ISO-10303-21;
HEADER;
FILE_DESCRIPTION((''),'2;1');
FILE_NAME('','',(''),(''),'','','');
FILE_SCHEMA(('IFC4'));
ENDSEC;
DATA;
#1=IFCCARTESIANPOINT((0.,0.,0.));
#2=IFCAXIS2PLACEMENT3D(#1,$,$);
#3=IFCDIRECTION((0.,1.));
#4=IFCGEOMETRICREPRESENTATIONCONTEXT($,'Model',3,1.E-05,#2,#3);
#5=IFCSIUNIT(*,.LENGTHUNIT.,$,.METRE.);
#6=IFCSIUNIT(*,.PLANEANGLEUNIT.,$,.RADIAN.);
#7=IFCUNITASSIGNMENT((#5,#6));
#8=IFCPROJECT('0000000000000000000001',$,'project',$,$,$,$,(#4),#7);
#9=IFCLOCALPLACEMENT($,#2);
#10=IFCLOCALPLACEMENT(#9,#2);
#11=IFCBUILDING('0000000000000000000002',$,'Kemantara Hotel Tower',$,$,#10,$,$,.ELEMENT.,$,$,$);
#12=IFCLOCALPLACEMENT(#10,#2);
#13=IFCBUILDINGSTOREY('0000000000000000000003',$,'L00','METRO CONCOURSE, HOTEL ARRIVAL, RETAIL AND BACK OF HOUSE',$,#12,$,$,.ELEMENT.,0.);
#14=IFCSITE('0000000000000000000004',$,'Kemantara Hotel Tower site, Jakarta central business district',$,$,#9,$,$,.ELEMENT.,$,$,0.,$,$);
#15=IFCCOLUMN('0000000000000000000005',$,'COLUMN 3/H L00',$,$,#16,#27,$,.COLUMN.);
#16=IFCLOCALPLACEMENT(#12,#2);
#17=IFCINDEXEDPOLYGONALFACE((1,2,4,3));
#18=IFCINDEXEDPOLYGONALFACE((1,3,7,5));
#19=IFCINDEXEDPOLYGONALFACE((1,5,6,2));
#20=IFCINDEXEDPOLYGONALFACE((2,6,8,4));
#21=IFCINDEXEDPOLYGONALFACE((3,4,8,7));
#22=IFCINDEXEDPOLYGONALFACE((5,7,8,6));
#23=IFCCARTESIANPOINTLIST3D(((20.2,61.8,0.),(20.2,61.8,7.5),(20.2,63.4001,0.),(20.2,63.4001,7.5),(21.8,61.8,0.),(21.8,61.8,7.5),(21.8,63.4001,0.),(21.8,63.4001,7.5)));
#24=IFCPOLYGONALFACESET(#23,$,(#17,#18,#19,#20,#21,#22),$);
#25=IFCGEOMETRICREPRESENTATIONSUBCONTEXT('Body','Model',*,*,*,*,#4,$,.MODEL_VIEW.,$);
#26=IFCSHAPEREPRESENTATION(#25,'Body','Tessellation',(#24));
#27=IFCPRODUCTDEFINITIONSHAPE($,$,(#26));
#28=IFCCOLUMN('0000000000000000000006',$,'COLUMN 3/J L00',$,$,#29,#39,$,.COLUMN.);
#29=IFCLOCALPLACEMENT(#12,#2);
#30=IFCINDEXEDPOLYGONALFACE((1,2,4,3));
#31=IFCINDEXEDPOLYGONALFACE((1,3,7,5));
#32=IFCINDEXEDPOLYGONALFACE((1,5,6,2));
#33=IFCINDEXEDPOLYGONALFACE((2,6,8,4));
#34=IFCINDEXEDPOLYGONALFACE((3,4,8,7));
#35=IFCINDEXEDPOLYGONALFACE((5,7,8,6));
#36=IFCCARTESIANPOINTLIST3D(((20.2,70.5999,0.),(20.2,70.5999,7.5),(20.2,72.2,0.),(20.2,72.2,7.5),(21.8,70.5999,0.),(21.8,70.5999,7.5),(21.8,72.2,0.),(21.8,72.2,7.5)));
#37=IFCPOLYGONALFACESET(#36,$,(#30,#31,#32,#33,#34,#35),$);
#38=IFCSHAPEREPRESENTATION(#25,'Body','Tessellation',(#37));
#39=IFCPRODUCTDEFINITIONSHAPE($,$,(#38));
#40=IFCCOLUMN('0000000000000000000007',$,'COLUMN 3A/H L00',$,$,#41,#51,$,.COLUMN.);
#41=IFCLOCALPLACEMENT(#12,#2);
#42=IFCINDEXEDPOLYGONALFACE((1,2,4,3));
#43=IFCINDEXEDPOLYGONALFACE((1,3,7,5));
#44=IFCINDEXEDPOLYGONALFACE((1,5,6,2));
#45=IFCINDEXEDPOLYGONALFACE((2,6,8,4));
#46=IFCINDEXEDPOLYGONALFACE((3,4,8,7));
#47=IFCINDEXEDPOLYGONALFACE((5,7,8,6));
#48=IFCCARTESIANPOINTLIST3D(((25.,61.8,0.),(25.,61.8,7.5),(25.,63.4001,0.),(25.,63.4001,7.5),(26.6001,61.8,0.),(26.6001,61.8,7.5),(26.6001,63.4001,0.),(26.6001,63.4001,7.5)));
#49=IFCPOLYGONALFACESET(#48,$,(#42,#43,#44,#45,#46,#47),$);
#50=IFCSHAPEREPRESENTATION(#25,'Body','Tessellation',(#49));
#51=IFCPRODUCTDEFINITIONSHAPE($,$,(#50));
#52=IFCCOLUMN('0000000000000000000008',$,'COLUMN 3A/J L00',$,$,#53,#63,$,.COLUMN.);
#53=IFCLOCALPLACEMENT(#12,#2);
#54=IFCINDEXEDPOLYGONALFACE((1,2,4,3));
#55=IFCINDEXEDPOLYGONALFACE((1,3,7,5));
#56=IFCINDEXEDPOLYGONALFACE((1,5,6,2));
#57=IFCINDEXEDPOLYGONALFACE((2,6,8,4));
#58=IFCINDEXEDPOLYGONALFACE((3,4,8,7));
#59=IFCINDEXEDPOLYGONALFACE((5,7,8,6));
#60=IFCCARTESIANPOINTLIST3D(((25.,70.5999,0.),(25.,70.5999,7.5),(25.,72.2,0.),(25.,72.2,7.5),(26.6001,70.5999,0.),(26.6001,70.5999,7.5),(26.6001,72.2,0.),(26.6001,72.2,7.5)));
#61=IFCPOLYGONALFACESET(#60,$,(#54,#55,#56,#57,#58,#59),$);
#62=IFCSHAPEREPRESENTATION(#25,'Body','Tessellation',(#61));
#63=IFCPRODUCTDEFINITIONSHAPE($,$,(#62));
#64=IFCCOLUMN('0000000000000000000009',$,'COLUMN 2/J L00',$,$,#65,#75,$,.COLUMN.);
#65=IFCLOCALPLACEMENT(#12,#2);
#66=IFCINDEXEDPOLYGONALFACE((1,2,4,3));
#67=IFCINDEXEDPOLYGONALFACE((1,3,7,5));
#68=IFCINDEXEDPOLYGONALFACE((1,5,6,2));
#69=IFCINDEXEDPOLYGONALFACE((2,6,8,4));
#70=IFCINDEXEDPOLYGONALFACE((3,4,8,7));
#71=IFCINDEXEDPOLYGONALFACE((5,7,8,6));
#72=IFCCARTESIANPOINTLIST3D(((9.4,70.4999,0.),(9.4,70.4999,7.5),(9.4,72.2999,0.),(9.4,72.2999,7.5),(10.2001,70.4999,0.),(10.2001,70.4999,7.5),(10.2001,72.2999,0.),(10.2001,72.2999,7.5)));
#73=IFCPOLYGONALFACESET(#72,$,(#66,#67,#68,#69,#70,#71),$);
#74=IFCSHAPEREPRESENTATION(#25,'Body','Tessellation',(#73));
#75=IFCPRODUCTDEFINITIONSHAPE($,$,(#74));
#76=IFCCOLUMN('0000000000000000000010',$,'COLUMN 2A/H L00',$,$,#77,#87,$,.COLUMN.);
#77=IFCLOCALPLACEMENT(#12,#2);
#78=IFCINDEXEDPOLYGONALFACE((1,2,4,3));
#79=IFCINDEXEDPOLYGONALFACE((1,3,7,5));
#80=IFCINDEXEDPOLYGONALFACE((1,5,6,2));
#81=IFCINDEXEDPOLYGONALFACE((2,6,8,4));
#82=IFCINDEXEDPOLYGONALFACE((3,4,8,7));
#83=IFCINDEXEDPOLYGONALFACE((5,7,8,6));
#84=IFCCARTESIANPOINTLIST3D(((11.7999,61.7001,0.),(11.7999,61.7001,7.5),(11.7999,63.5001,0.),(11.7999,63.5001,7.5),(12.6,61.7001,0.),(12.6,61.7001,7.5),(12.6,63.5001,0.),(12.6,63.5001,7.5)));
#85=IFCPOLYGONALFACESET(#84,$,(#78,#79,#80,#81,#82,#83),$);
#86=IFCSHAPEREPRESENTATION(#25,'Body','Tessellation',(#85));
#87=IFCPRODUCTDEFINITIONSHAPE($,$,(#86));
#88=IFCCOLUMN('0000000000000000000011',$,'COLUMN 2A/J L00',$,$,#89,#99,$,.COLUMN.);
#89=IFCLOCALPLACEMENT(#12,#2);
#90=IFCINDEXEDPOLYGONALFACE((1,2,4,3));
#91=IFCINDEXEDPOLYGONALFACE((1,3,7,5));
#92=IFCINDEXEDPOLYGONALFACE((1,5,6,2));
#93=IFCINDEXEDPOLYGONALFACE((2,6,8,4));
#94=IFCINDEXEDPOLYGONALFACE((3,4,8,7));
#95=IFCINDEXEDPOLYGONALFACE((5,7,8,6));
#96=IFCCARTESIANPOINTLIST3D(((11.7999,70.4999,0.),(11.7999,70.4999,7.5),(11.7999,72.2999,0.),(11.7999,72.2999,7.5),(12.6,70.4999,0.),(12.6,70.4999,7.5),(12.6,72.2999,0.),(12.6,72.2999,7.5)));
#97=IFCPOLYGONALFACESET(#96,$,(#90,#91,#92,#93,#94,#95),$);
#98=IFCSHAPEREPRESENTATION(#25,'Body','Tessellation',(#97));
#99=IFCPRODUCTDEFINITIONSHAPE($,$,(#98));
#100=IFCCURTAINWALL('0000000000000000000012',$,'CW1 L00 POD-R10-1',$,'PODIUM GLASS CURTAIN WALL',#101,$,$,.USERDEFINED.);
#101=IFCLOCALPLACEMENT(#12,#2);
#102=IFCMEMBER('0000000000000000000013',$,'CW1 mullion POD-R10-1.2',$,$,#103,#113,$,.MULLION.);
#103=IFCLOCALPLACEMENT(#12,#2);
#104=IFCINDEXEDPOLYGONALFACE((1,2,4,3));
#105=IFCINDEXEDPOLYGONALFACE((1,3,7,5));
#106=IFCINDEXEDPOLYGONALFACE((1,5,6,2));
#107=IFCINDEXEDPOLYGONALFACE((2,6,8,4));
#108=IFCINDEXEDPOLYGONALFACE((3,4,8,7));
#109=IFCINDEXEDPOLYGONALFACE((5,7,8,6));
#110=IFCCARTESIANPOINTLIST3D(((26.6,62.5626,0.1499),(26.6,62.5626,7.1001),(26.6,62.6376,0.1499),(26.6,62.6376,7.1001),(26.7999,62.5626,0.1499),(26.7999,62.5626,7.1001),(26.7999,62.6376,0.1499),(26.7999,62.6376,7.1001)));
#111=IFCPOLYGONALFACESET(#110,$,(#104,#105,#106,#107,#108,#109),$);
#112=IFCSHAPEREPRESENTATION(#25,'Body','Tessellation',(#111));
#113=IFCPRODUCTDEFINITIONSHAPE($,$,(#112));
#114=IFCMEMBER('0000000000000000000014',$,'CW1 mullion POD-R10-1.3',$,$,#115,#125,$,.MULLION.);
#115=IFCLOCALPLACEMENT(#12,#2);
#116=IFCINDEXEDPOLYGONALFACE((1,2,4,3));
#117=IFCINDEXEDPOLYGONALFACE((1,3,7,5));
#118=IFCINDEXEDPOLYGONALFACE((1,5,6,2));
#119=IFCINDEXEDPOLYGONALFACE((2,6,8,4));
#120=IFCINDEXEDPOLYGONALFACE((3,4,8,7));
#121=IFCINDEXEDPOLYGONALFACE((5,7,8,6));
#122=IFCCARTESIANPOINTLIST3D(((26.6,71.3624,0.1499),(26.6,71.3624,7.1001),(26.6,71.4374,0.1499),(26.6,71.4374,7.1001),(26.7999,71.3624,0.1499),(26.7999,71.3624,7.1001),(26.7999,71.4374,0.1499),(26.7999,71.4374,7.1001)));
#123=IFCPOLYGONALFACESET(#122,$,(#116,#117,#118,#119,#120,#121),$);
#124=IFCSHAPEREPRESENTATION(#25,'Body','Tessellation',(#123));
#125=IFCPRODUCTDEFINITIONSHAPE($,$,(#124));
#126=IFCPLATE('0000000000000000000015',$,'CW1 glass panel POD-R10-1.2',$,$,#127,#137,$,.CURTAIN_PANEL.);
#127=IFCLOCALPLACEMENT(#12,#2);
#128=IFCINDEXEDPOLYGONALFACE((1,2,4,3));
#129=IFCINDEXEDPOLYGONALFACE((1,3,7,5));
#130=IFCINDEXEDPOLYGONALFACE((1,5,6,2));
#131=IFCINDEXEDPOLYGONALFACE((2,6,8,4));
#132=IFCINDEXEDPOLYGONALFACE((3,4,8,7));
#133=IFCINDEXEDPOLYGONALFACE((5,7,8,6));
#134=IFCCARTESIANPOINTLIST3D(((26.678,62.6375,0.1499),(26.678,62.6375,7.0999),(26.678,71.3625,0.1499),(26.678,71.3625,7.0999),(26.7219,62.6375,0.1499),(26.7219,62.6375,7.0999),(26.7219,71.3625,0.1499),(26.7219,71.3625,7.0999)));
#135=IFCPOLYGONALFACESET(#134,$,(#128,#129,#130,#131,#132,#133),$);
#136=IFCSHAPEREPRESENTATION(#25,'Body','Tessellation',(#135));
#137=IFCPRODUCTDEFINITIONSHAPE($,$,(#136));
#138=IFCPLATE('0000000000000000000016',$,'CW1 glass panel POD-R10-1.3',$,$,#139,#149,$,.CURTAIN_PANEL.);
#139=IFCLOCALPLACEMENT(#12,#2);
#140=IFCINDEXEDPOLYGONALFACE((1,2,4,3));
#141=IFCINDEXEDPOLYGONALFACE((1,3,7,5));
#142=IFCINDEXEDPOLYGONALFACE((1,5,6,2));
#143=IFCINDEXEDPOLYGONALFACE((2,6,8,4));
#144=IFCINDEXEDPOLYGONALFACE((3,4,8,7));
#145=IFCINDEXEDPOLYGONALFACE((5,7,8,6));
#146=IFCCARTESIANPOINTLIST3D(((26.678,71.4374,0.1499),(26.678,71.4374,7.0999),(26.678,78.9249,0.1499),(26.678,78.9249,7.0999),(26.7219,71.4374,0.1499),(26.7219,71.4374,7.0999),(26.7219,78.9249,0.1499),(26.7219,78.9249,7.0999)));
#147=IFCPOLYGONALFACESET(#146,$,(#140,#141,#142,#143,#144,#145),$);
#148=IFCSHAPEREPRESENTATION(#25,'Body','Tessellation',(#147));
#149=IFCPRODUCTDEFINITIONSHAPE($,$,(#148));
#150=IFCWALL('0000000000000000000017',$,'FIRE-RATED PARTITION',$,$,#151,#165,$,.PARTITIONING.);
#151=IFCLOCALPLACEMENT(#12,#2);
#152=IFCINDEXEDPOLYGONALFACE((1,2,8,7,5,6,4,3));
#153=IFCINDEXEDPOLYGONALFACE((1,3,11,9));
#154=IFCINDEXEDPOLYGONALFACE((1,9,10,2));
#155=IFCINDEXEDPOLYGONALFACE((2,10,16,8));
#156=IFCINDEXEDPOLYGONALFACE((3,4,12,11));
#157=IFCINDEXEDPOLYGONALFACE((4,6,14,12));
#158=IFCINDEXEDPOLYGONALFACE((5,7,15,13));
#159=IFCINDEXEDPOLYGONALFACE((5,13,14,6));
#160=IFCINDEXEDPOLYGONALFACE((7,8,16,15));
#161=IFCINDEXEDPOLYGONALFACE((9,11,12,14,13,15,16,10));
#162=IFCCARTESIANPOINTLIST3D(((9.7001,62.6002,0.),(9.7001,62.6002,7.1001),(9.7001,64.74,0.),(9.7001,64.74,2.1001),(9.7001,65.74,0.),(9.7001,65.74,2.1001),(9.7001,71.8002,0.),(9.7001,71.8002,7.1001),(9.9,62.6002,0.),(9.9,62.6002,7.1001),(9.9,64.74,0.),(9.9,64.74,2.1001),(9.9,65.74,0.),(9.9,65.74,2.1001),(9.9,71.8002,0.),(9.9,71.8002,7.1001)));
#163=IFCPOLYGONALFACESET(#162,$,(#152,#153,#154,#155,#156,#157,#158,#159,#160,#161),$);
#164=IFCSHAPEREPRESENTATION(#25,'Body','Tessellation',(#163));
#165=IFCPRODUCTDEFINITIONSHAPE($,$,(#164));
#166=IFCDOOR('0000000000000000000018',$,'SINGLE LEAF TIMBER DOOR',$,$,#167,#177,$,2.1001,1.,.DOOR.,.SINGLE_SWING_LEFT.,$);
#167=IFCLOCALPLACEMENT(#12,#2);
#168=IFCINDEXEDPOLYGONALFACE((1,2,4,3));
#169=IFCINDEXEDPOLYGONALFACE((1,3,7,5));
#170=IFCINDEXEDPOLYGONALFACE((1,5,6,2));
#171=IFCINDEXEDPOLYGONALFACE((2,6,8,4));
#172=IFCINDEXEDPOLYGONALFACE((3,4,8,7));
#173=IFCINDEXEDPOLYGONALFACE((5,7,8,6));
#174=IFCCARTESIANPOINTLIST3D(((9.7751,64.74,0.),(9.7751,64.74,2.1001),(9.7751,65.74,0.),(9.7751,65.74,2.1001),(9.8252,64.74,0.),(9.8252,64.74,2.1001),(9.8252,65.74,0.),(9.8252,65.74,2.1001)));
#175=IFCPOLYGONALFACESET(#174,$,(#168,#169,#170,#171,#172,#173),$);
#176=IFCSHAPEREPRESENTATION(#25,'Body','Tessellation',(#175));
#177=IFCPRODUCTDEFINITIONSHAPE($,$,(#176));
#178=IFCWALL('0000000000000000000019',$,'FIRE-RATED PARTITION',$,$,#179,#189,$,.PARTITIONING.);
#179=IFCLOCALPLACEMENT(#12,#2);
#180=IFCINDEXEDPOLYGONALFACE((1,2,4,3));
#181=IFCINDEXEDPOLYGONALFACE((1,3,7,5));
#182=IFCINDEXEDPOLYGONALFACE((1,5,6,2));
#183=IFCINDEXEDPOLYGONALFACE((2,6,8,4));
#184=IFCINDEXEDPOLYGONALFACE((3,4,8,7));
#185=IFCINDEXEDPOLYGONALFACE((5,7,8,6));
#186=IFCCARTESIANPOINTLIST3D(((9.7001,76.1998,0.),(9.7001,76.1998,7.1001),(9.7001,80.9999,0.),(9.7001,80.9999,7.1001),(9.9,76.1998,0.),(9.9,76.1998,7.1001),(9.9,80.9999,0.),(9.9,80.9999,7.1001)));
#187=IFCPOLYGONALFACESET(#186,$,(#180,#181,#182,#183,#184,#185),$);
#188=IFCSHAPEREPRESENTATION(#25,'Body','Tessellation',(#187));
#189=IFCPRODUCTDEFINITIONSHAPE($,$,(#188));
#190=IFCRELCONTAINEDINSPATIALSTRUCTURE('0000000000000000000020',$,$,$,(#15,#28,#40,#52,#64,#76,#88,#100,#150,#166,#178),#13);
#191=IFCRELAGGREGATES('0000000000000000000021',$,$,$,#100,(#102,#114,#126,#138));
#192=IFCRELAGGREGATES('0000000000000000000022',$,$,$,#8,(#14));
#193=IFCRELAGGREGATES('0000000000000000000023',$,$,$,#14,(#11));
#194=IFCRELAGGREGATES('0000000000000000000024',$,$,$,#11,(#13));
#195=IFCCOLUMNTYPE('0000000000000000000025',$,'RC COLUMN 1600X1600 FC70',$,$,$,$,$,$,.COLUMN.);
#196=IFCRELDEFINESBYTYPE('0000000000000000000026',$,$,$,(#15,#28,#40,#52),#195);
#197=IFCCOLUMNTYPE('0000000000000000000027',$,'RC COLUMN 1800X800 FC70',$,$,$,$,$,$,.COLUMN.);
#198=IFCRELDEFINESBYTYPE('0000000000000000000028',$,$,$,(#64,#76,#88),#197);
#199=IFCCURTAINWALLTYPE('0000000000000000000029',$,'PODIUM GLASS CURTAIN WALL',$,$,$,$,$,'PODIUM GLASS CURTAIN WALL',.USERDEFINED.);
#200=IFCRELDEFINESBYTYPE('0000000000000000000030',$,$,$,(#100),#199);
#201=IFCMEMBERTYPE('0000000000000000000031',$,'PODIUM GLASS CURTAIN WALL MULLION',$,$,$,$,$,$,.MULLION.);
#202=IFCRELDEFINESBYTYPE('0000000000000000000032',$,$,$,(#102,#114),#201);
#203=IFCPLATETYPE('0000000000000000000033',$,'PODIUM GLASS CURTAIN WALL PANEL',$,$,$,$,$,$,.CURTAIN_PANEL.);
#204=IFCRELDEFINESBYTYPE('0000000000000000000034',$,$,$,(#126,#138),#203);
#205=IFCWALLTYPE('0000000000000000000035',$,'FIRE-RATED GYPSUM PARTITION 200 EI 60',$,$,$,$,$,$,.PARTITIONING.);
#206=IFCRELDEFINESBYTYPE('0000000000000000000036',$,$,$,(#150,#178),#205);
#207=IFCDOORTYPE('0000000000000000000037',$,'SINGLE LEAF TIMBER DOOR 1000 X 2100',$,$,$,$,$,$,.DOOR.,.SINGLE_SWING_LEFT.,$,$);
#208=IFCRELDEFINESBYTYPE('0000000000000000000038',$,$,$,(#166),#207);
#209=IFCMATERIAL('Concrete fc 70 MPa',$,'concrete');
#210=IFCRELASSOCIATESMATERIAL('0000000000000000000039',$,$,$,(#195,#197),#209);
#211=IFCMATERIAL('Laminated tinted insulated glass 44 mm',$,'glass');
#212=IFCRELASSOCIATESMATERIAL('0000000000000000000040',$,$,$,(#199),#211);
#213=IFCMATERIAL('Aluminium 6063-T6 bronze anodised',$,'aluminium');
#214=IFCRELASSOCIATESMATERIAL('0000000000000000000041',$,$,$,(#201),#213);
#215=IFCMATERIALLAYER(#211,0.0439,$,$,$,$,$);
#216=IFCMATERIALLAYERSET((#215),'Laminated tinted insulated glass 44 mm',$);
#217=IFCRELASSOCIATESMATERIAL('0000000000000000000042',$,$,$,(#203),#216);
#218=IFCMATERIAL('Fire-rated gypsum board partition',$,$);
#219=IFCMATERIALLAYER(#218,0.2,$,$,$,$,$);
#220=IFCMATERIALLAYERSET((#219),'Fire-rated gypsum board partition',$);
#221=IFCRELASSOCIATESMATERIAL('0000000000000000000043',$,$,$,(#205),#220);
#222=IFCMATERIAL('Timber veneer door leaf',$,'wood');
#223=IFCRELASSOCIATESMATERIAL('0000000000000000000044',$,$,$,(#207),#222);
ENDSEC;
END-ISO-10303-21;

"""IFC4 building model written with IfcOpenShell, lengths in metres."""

from ifc_helpers import new_model, si_unit, direction, frame, frame_2d, origin, origin_2d, place, context, subcontext, project, spatial, rectangle, extrude, source, transform, mapped, material, layer, layer_set, material_profile, profile_set, type_object, element, fill, aggregate, save


model = new_model("IFC4")

# Units and contexts
model_context = context("Model", 3, precision=1e-05, world=origin(), true_north=direction((0.0, 1.0)))
body_context = subcontext(model_context, "Body", "Model", "MODEL_VIEW")
ifc_project = project(units=[si_unit("LENGTHUNIT", "METRE"), si_unit("PLANEANGLEUNIT", "RADIAN")], contexts=[model_context])

# Site, building, storey
site_placement = place(None, origin())
site = spatial("IfcSite", under=ifc_project, at=site_placement, Name="Kemantara Hotel Tower site, Jakarta central business district", CompositionType="ELEMENT", RefElevation=0.0)
building_placement = place(site_placement, origin())
building = spatial("IfcBuilding", under=site, at=building_placement, Name="Kemantara Hotel Tower", CompositionType="ELEMENT")
storey_placement = place(building_placement, origin())
storey = spatial("IfcBuildingStorey", under=building, at=storey_placement, Name="L00", Description="METRO CONCOURSE, HOTEL ARRIVAL, RETAIL AND BACK OF HOUSE", CompositionType="ELEMENT", Elevation=0.0)

# Columns
ifc_material_1 = material(Name="Concrete fc 70 MPa", Category="concrete")
ifc_material_profile_1 = material_profile(ifc_material_1, rectangle(XDim=1.6001, YDim=1.6001, at=origin_2d()), Name="RC 1600X1600")
ifc_profile_set_1 = profile_set([ifc_material_profile_1], Name="Concrete fc 70 MPa")
column_type_1 = type_object("IfcColumnType", Name="RC COLUMN 1600X1600 FC70", PredefinedType="COLUMN", material=ifc_profile_set_1)
for number, where, z_axis, x_axis, name in (
    (1, (21.0, 62.6001, 0.0), (0.0, 0.0, 1.0), (1.0, 0.0, 0.0), "COLUMN 3/H L00"),
    (2, (21.0, 71.3999, 0.0), (0.0, 0.0, 1.0), (1.0, 0.0, 0.0), "COLUMN 3/J L00"),
    (3, (25.8, 62.6001, 0.0), (0.0, 0.0, 1.0), (1.0, 0.0, 0.0), "COLUMN 3A/H L00"),
    (4, (25.8, 71.3999, 0.0), (0.0, 0.0, 1.0), (1.0, 0.0, 0.0), "COLUMN 3A/J L00"),
):
    element("IfcColumn", number, at=place(storey_placement, frame(where, z_axis=z_axis, x_axis=x_axis)), inside=storey, type_object=column_type_1, Name=name, PredefinedType="COLUMN", context=body_context, shape_type="SweptSolid", body=[
        extrude(rectangle(XDim=1.6001, YDim=1.6001, at=origin_2d()), origin(), (0.0, 0.0, 1.0), 7.5),
    ])
ifc_material_profile_2 = material_profile(ifc_material_1, rectangle(XDim=1.8, YDim=0.8, at=origin_2d()), Name="RC 1800X800")
ifc_profile_set_2 = profile_set([ifc_material_profile_2], Name="Concrete fc 70 MPa")
column_type_2 = type_object("IfcColumnType", Name="RC COLUMN 1800X800 FC70", PredefinedType="COLUMN", material=ifc_profile_set_2)
for number, where, z_axis, x_axis, name in (
    (5, (9.8, 71.3999, 0.0), (0.0, 0.0, 1.0), (0.0, 1.0, 0.0), "COLUMN 2/J L00"),
    (6, (12.2, 62.6001, 0.0), (0.0, 0.0, 1.0), (0.0, 1.0, 0.0), "COLUMN 2A/H L00"),
    (7, (12.2, 71.3999, 0.0), (0.0, 0.0, 1.0), (0.0, 1.0, 0.0), "COLUMN 2A/J L00"),
):
    element("IfcColumn", number, at=place(storey_placement, frame(where, z_axis=z_axis, x_axis=x_axis)), inside=storey, type_object=column_type_2, Name=name, PredefinedType="COLUMN", context=body_context, shape_type="SweptSolid", body=[
        extrude(rectangle(XDim=1.8, YDim=0.8, at=origin_2d()), origin(), (0.0, 0.0, 1.0), 7.5),
    ])

# Curtain wall, members, plates
ifc_material_2 = material(Name="Laminated tinted insulated glass 44 mm", Category="glass")
curtain_wall_type = type_object("IfcCurtainWallType", Name="PODIUM GLASS CURTAIN WALL", ElementType="PODIUM GLASS CURTAIN WALL", PredefinedType="USERDEFINED", material=ifc_material_2)
curtain_wall_placement = place(storey_placement, origin())
curtain_wall = element("IfcCurtainWall", 8, at=curtain_wall_placement, inside=storey, type_object=curtain_wall_type, Name="CW1 L00 POD-R10-1", ObjectType="PODIUM GLASS CURTAIN WALL", PredefinedType="USERDEFINED")
ifc_material_3 = material(Name="Aluminium 6063-T6 bronze anodised", Category="aluminium")
ifc_material_profile_3 = material_profile(ifc_material_3, rectangle(XDim=0.2, YDim=0.075, at=origin_2d()), Name="PODIUM GLASS CURTAIN WALL MULLION")
ifc_profile_set_3 = profile_set([ifc_material_profile_3], Name="Aluminium 6063-T6 bronze anodised")
member_type = type_object("IfcMemberType", Name="PODIUM GLASS CURTAIN WALL MULLION", PredefinedType="MULLION", material=ifc_profile_set_3)
shared_shape_1 = source(origin(), body_context, "Body", "SweptSolid", [
    extrude(rectangle(XDim=0.2, YDim=0.075, at=origin_2d()), origin(), (0.0, 0.0, 1.0), 6.9502),
])
member_1_placement = place(storey_placement, frame((26.7, 62.6001, 0.1499), z_axis=(0.0, 0.0, 1.0), x_axis=(-1.0, 0.0, 0.0)))
member_1 = element("IfcMember", 9, at=member_1_placement, type_object=member_type, Name="CW1 mullion POD-R10-1.2", PredefinedType="MULLION", context=body_context, shape_type="MappedRepresentation", body=[
    mapped(shared_shape_1, transform((0.0, 0.0, 0.0))),
])
member_2_placement = place(storey_placement, frame((26.7, 71.3999, 0.1499), z_axis=(0.0, 0.0, 1.0), x_axis=(-1.0, 0.0, 0.0)))
member_2 = element("IfcMember", 10, at=member_2_placement, type_object=member_type, Name="CW1 mullion POD-R10-1.3", PredefinedType="MULLION", context=body_context, shape_type="MappedRepresentation", body=[
    mapped(shared_shape_1, transform((0.0, 0.0, 0.0))),
])
ifc_layer_1 = layer(ifc_material_2, 0.0439)
ifc_layer_set_1 = layer_set([ifc_layer_1], Name="Laminated tinted insulated glass 44 mm")
plate_type = type_object("IfcPlateType", Name="PODIUM GLASS CURTAIN WALL PANEL", PredefinedType="CURTAIN_PANEL", material=ifc_layer_set_1)
shared_shape_2 = source(origin(), body_context, "Body", "SweptSolid", [
    extrude(rectangle(XDim=8.7251, YDim=0.0439, at=origin_2d()), origin(), (0.0, 0.0, 1.0), 6.95),
])
plate_1_placement = place(storey_placement, frame((26.7, 67.0, 0.1499), z_axis=(0.0, 0.0, 1.0), x_axis=(0.0, 1.0, 0.0)))
plate_1 = element("IfcPlate", 11, at=plate_1_placement, type_object=plate_type, Name="CW1 glass panel POD-R10-1.2", PredefinedType="CURTAIN_PANEL", context=body_context, shape_type="MappedRepresentation", body=[
    mapped(shared_shape_2, transform((0.0, 0.0, 0.0))),
])
shared_shape_3 = source(origin(), body_context, "Body", "SweptSolid", [
    extrude(rectangle(XDim=7.4875, YDim=0.0439, at=origin_2d()), origin(), (0.0, 0.0, 1.0), 6.95),
])
plate_2_placement = place(storey_placement, frame((26.7, 75.1812, 0.1499), z_axis=(0.0, 0.0, 1.0), x_axis=(0.0, 1.0, 0.0)))
plate_2 = element("IfcPlate", 12, at=plate_2_placement, type_object=plate_type, Name="CW1 glass panel POD-R10-1.3", PredefinedType="CURTAIN_PANEL", context=body_context, shape_type="MappedRepresentation", body=[
    mapped(shared_shape_3, transform((0.0, 0.0, 0.0))),
])
aggregate(curtain_wall, [member_1, member_2, plate_1, plate_2])

# Wall, opening, door
ifc_material_4 = material(Name="Fire-rated gypsum board partition")
ifc_layer_2 = layer(ifc_material_4, 0.2)
ifc_layer_set_2 = layer_set([ifc_layer_2], Name="Fire-rated gypsum board partition")
wall_type_1 = type_object("IfcWallType", Name="FIRE-RATED GYPSUM PARTITION 200 EI 60", PredefinedType="PARTITIONING", material=ifc_layer_set_2)
wall_1_placement = place(storey_placement, frame((9.8, 62.6001, 0.0), z_axis=(0.0, 0.0, 1.0), x_axis=(0.0, 1.0, 0.0)))
wall_1 = element("IfcWall", 13, at=wall_1_placement, inside=storey, type_object=wall_type_1, Name="FIRE-RATED PARTITION", PredefinedType="PARTITIONING", context=body_context, shape_type="SweptSolid", body=[
    extrude(rectangle(XDim=9.2, YDim=0.2, at=frame_2d((4.6001, 0.0))), origin(), (0.0, 0.0, 1.0), 7.1001),
])
opening_1_placement = place(wall_1_placement, frame((2.1399, 0.0, 0.0)))
opening_1 = element("IfcOpeningElement", 14, at=opening_1_placement, cuts=wall_1, PredefinedType="OPENING", context=body_context, shape_type="SweptSolid", body=[
    extrude(rectangle(XDim=1.0, YDim=2.1001, at=frame_2d((0.5, 1.05))), frame((0.0, 0.1099, 0.0), z_axis=(0.0, -1.0, 0.0), x_axis=(1.0, 0.0, 0.0)), (0.0, 0.0, 1.0), 0.22),
])
ifc_material_5 = material(Name="Timber veneer door leaf", Category="wood")
door_type = type_object("IfcDoorType", Name="SINGLE LEAF TIMBER DOOR 1000 X 2100", OperationType="SINGLE_SWING_LEFT", PredefinedType="DOOR", material=ifc_material_5)
door_1_placement = place(opening_1_placement, origin())
door_1 = element("IfcDoor", 15, at=door_1_placement, inside=storey, type_object=door_type, Name="SINGLE LEAF TIMBER DOOR", OperationType="SINGLE_SWING_LEFT", OverallHeight=2.1001, OverallWidth=1.0, PredefinedType="DOOR", context=body_context, shape_type="SweptSolid", body=[
    extrude(rectangle(XDim=1.0, YDim=2.1001, at=frame_2d((0.5, 1.05))), frame((0.0, 0.0249, 0.0), z_axis=(0.0, -1.0, 0.0), x_axis=(1.0, 0.0, 0.0)), (0.0, 0.0, 1.0), 0.05),
])
fill(opening_1, door_1)

# Wall
wall_2_placement = place(storey_placement, frame((9.8, 76.2, 0.0), z_axis=(0.0, 0.0, 1.0), x_axis=(0.0, 1.0, 0.0)))
element("IfcWall", 16, at=wall_2_placement, inside=storey, type_object=wall_type_1, Name="FIRE-RATED PARTITION", PredefinedType="PARTITIONING", context=body_context, shape_type="SweptSolid", body=[
    extrude(rectangle(XDim=4.8, YDim=0.2, at=frame_2d((2.3999, 0.0))), origin(), (0.0, 0.0, 1.0), 7.1001),
])

save(model, "model.ifc")
